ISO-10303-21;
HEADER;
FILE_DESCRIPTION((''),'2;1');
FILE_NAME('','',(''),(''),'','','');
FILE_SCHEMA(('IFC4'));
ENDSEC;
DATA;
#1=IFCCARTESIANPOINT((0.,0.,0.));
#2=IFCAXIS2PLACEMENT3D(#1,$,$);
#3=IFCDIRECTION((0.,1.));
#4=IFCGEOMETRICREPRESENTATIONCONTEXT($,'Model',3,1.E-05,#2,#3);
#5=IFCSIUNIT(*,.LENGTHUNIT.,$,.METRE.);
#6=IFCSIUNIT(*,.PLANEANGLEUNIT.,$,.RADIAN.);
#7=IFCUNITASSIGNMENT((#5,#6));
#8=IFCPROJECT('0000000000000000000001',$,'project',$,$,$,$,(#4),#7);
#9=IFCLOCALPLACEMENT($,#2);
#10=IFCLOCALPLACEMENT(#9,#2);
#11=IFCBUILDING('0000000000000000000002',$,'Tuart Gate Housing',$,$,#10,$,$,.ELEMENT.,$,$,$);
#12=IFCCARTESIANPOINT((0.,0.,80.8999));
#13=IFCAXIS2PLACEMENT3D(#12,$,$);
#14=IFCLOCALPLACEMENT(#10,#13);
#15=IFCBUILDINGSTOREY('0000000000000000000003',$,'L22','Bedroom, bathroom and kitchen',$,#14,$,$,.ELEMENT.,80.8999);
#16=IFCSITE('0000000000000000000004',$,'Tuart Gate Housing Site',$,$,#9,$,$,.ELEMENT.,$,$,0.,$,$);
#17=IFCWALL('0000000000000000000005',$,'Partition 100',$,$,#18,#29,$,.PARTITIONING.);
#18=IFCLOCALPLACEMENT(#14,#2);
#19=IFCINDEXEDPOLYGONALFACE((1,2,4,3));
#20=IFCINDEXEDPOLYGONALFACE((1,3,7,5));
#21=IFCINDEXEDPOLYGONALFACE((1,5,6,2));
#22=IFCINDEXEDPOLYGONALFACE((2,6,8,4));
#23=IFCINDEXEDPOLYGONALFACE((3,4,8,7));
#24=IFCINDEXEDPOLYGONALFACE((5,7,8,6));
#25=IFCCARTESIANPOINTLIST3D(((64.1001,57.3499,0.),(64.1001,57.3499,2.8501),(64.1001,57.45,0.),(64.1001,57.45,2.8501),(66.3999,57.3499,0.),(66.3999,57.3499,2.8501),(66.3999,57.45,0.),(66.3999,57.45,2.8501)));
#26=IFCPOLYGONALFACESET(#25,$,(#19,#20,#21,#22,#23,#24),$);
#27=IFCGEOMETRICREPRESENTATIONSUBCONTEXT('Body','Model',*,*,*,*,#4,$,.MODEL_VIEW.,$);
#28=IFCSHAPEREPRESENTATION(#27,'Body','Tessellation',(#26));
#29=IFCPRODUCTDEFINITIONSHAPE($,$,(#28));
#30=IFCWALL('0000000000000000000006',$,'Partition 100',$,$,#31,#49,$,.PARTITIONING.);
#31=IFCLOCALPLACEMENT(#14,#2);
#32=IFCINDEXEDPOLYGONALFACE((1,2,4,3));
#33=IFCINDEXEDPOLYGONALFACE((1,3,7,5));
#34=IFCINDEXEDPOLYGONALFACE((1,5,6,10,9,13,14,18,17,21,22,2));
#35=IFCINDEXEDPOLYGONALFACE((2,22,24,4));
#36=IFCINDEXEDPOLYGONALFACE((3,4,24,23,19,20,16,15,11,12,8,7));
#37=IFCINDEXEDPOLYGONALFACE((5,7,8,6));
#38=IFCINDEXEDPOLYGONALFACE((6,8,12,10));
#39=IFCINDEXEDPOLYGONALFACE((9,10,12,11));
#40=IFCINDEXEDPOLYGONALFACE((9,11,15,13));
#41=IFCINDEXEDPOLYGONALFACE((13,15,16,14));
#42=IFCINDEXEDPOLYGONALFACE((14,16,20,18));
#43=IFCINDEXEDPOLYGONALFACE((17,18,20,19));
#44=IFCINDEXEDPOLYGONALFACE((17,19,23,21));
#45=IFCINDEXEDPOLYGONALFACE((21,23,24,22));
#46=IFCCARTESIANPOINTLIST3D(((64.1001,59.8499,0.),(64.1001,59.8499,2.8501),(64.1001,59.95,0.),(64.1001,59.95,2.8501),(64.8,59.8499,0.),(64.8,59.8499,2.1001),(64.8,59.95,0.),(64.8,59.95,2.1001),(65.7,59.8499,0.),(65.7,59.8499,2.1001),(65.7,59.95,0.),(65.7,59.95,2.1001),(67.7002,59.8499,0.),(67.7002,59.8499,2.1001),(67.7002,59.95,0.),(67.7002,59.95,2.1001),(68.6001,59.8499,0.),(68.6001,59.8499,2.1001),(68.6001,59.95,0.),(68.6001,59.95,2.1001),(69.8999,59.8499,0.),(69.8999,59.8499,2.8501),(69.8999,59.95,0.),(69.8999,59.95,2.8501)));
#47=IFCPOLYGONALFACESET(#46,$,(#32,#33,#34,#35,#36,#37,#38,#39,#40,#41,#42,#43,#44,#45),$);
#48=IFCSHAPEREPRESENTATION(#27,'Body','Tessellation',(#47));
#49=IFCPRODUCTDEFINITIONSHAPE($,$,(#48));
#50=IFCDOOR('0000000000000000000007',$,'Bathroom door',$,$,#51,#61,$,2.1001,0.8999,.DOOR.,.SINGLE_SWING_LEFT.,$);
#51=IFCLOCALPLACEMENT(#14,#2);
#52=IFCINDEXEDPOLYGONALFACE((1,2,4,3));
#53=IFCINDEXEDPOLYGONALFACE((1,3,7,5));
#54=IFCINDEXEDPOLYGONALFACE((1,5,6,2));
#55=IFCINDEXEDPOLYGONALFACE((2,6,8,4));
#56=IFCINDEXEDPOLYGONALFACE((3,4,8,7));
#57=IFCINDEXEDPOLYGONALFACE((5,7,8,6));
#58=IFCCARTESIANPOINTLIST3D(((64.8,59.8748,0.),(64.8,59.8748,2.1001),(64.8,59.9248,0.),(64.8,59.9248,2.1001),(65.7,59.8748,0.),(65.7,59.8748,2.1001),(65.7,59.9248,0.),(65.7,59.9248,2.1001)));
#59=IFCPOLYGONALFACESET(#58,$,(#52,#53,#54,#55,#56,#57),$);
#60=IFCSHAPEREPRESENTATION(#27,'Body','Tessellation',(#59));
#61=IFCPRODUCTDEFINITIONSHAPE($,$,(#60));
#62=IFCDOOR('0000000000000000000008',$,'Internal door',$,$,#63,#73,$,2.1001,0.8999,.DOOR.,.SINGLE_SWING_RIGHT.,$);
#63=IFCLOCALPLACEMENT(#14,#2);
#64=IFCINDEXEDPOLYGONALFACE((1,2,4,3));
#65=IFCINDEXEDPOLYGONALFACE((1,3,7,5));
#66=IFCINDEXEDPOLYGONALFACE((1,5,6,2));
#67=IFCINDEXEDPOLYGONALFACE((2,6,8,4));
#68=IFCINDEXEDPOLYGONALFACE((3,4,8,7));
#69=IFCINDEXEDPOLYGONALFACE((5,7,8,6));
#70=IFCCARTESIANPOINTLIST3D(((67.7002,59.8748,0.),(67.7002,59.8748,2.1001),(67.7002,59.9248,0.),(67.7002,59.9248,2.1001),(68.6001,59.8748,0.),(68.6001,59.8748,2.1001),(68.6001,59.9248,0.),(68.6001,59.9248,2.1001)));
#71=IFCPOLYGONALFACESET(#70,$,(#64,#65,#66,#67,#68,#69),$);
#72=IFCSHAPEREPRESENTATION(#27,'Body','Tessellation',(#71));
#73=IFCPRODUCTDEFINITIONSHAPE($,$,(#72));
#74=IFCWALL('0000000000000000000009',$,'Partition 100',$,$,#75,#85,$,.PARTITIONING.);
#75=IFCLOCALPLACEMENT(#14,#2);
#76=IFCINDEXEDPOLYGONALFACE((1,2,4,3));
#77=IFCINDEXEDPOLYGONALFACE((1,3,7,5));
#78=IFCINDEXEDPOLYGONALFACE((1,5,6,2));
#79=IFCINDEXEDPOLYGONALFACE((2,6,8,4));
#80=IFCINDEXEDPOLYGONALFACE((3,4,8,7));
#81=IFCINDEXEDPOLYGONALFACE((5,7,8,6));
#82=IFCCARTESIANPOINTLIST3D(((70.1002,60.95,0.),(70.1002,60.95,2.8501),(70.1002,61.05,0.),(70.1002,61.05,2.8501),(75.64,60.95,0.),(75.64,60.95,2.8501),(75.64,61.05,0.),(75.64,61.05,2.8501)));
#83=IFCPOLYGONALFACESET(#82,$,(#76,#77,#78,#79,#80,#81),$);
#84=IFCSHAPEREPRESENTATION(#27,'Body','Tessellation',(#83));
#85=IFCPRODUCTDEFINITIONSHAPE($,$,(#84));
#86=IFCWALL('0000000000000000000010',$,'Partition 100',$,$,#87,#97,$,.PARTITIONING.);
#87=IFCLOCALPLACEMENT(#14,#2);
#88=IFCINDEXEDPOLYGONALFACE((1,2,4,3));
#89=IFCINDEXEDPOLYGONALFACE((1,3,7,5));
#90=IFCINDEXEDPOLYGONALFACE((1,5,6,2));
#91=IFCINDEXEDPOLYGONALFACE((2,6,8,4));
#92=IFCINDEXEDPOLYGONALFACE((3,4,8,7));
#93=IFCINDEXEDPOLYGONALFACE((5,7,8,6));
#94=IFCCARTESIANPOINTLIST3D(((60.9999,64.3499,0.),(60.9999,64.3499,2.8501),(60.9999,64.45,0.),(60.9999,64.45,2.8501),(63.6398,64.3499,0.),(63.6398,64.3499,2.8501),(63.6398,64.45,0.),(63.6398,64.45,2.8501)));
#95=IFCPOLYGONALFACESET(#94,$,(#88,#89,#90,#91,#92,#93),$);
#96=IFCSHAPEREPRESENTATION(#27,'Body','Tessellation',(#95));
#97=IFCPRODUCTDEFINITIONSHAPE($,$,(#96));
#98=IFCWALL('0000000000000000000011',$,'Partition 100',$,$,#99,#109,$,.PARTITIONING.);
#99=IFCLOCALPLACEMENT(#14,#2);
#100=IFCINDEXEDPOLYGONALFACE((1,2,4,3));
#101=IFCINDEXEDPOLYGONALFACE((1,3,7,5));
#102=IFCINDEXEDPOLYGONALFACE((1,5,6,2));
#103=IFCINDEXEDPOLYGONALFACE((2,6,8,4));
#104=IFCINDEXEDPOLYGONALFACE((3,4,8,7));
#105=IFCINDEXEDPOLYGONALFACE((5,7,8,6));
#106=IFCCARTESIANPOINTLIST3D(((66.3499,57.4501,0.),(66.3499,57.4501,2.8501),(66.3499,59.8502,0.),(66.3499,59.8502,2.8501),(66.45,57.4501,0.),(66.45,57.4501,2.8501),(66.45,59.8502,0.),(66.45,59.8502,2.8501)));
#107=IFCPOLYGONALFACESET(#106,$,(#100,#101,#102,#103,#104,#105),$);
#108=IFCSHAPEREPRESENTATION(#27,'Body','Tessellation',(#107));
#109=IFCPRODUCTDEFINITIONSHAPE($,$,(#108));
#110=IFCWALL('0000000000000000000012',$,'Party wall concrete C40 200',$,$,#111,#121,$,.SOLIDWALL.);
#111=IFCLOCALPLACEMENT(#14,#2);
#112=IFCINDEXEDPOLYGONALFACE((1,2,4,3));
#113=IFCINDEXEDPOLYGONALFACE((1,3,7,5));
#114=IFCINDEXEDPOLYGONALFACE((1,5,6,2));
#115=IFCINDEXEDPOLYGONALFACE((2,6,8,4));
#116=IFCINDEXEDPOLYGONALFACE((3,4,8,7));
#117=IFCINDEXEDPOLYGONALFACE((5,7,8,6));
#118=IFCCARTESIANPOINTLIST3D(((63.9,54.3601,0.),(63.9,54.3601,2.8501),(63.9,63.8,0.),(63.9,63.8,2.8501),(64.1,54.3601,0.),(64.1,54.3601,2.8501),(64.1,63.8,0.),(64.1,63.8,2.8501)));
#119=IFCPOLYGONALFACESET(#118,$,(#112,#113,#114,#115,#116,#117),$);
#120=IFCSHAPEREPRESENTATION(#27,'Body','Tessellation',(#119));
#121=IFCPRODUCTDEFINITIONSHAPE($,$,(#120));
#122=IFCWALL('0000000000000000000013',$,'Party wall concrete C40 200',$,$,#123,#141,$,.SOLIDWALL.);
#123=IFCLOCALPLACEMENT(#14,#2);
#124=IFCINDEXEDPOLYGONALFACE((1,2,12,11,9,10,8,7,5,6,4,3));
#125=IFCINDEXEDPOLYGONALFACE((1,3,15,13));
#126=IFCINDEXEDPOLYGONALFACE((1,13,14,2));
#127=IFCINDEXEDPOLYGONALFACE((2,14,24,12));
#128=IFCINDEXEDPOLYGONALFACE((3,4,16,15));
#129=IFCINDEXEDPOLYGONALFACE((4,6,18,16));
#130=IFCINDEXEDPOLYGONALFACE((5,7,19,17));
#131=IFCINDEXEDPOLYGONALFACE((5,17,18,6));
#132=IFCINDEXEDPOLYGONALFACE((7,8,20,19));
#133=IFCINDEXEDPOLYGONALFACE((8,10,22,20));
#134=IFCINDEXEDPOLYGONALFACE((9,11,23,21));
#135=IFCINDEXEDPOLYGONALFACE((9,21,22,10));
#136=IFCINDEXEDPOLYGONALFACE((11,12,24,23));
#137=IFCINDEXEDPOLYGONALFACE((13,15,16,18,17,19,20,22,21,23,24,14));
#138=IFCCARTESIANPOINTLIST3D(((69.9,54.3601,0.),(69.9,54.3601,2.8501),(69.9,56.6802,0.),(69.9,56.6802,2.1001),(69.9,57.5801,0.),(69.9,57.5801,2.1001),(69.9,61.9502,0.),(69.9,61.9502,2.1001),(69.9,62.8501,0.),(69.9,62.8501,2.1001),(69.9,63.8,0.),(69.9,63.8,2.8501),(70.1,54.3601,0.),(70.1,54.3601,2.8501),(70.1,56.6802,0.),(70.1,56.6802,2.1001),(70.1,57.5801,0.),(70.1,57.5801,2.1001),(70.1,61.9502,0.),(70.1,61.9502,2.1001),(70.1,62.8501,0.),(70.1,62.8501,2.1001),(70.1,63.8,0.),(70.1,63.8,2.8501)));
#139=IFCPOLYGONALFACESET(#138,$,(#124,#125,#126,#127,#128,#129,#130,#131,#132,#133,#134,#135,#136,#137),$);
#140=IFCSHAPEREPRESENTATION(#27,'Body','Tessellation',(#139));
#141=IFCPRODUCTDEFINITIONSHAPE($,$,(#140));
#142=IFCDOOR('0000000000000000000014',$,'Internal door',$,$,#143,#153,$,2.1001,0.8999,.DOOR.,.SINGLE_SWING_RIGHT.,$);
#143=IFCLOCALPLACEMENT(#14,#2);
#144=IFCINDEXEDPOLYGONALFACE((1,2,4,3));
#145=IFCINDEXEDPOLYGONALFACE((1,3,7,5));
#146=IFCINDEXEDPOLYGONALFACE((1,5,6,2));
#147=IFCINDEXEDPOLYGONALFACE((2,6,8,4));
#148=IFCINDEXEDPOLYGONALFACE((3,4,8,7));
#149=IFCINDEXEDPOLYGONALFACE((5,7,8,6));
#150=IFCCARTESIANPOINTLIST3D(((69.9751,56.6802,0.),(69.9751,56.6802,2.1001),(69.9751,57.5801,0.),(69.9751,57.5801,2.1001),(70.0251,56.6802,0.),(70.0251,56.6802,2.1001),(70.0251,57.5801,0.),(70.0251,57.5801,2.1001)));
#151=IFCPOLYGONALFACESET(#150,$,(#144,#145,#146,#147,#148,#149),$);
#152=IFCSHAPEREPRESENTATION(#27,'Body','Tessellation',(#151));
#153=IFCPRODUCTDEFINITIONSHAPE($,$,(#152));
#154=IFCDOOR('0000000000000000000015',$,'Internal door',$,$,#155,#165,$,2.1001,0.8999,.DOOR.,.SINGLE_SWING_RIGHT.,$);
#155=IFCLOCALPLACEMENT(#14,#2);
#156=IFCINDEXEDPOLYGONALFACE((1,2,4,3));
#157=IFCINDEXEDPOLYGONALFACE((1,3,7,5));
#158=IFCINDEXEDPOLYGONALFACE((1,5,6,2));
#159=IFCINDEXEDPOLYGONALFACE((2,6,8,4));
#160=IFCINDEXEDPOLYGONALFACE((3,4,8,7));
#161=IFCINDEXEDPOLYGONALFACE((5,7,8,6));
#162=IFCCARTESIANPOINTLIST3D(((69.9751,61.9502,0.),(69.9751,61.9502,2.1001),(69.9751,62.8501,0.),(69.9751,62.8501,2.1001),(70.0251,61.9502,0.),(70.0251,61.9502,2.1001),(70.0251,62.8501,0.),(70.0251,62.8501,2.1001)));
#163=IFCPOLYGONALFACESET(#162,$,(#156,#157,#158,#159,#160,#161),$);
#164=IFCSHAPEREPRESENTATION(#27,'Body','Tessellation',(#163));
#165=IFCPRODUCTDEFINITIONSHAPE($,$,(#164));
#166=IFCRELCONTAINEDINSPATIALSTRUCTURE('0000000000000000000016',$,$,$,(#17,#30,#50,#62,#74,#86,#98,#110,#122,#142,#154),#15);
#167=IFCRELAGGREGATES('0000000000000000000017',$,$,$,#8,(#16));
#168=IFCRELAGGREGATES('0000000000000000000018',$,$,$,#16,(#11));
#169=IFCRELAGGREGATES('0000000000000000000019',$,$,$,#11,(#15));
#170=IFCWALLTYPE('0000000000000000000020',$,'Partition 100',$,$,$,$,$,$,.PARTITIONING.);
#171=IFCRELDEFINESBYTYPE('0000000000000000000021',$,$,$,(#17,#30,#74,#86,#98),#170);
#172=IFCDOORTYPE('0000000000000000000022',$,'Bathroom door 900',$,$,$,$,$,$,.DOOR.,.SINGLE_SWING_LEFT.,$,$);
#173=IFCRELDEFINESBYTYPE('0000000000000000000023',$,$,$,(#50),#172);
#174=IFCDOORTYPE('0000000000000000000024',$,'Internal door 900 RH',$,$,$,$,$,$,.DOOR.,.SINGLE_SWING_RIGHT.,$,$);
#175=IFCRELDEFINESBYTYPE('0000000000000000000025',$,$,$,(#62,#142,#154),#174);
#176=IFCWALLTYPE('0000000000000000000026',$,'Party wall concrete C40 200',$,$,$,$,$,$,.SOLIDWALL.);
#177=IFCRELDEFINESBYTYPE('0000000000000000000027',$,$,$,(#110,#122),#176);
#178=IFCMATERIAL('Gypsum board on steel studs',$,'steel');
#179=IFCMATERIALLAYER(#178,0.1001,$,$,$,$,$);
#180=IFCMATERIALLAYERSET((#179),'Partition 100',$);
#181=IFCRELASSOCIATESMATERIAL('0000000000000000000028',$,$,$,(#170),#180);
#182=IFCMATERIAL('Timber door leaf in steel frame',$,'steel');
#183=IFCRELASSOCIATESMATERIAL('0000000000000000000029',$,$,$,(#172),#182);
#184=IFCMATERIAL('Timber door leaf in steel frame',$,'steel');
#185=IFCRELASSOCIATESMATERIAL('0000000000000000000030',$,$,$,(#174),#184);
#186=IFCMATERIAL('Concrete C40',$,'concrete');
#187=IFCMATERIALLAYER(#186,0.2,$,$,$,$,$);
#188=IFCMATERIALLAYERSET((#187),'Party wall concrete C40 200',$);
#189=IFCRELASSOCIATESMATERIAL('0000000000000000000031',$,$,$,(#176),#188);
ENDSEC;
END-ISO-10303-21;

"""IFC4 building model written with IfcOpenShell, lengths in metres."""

from ifc_helpers import new_model, si_unit, direction, frame, frame_2d, origin, place, context, subcontext, project, spatial, rectangle, extrude, material, layer, layer_set, type_object, element, fill, save


model = new_model("IFC4")

# Units and contexts
model_context = context("Model", 3, precision=1e-05, world=origin(), true_north=direction((0.0, 1.0)))
body_context = subcontext(model_context, "Body", "Model", "MODEL_VIEW")
ifc_project = project(units=[si_unit("LENGTHUNIT", "METRE"), si_unit("PLANEANGLEUNIT", "RADIAN")], contexts=[model_context])

# Site, building, storey
site_placement = place(None, origin())
site = spatial("IfcSite", under=ifc_project, at=site_placement, Name="Tuart Gate Housing Site", CompositionType="ELEMENT", RefElevation=0.0)
building_placement = place(site_placement, origin())
building = spatial("IfcBuilding", under=site, at=building_placement, Name="Tuart Gate Housing", CompositionType="ELEMENT")
storey_placement = place(building_placement, frame((0.0, 0.0, 80.8999)))
storey = spatial("IfcBuildingStorey", under=building, at=storey_placement, Name="L22", Description="Bedroom, bathroom and kitchen", CompositionType="ELEMENT", Elevation=80.8999)

# Wall
ifc_material_1 = material(Name="Gypsum board on steel studs", Category="steel")
ifc_layer_1 = layer(ifc_material_1, 0.1001)
ifc_layer_set_1 = layer_set([ifc_layer_1], Name="Partition 100")
wall_type_1 = type_object("IfcWallType", Name="Partition 100", PredefinedType="PARTITIONING", material=ifc_layer_set_1)
wall_1_placement = place(storey_placement, frame((64.1001, 57.3999, 0.0), z_axis=(0.0, 0.0, 1.0), x_axis=(1.0, 0.0, 0.0)))
element("IfcWall", 1, at=wall_1_placement, inside=storey, type_object=wall_type_1, Name="Partition 100", PredefinedType="PARTITIONING", context=body_context, shape_type="SweptSolid", body=[
    extrude(rectangle(XDim=2.2998, YDim=0.1001, at=frame_2d((1.1499, 0.0))), origin(), (0.0, 0.0, 1.0), 2.8501),
])

# Wall, openings, doors
wall_2_placement = place(storey_placement, frame((64.1001, 59.8999, 0.0), z_axis=(0.0, 0.0, 1.0), x_axis=(1.0, 0.0, 0.0)))
wall_2 = element("IfcWall", 2, at=wall_2_placement, inside=storey, type_object=wall_type_1, Name="Partition 100", PredefinedType="PARTITIONING", context=body_context, shape_type="SweptSolid", body=[
    extrude(rectangle(XDim=5.7998, YDim=0.1001, at=frame_2d((2.8999, 0.0))), origin(), (0.0, 0.0, 1.0), 2.8501),
])
opening_1_placement = place(wall_2_placement, frame((3.6001, 0.0, 0.0)))
opening_1 = element("IfcOpeningElement", 3, at=opening_1_placement, cuts=wall_2, PredefinedType="OPENING", context=body_context, shape_type="SweptSolid", body=[
    extrude(rectangle(XDim=0.8999, YDim=2.1001, at=frame_2d((0.45, 1.05))), frame((0.0, 0.0601, 0.0), z_axis=(0.0, -1.0, 0.0), x_axis=(1.0, 0.0, 0.0)), (0.0, 0.0, 1.0), 0.1201),
])
opening_2_placement = place(wall_2_placement, frame((0.7, 0.0, 0.0)))
opening_2 = element("IfcOpeningElement", 4, at=opening_2_placement, cuts=wall_2, PredefinedType="OPENING", context=body_context, shape_type="SweptSolid", body=[
    extrude(rectangle(XDim=0.8999, YDim=2.1001, at=frame_2d((0.45, 1.05))), frame((0.0, 0.0601, 0.0), z_axis=(0.0, -1.0, 0.0), x_axis=(1.0, 0.0, 0.0)), (0.0, 0.0, 1.0), 0.1201),
])
ifc_material_2 = material(Name="Timber door leaf in steel frame", Category="steel")
door_type_1 = type_object("IfcDoorType", Name="Bathroom door 900", OperationType="SINGLE_SWING_LEFT", PredefinedType="DOOR", material=ifc_material_2)
door_1_placement = place(opening_2_placement, frame((0.8999, 0.0, 0.0), z_axis=(0.0, 0.0, 1.0), x_axis=(-1.0, 0.0, 0.0)))
door_1 = element("IfcDoor", 5, at=door_1_placement, inside=storey, type_object=door_type_1, Name="Bathroom door", OperationType="SINGLE_SWING_LEFT", OverallHeight=2.1001, OverallWidth=0.8999, PredefinedType="DOOR", context=body_context, shape_type="SweptSolid", body=[
    extrude(rectangle(XDim=0.8999, YDim=2.1001, at=frame_2d((0.45, 1.05))), frame((0.0, 0.0251, 0.0), z_axis=(0.0, -1.0, 0.0), x_axis=(1.0, 0.0, 0.0)), (0.0, 0.0, 1.0), 0.05),
])
fill(opening_2, door_1)
ifc_material_3 = material(Name="Timber door leaf in steel frame", Category="steel")
door_type_2 = type_object("IfcDoorType", Name="Internal door 900 RH", OperationType="SINGLE_SWING_RIGHT", PredefinedType="DOOR", material=ifc_material_3)
door_2_placement = place(opening_1_placement, origin())
door_2 = element("IfcDoor", 6, at=door_2_placement, inside=storey, type_object=door_type_2, Name="Internal door", OperationType="SINGLE_SWING_RIGHT", OverallHeight=2.1001, OverallWidth=0.8999, PredefinedType="DOOR", context=body_context, shape_type="SweptSolid", body=[
    extrude(rectangle(XDim=0.8999, YDim=2.1001, at=frame_2d((0.45, 1.05))), frame((0.0, 0.0249, 0.0), z_axis=(0.0, -1.0, 0.0), x_axis=(1.0, 0.0, 0.0)), (0.0, 0.0, 1.0), 0.05),
])
fill(opening_1, door_2)

# Walls
wall_3_placement = place(storey_placement, frame((70.1001, 61.0, 0.0), z_axis=(0.0, 0.0, 1.0), x_axis=(1.0, 0.0, 0.0)))
element("IfcWall", 7, at=wall_3_placement, inside=storey, type_object=wall_type_1, Name="Partition 100", PredefinedType="PARTITIONING", context=body_context, shape_type="SweptSolid", body=[
    extrude(rectangle(XDim=5.5398, YDim=0.1001, at=frame_2d((2.77, 0.0))), origin(), (0.0, 0.0, 1.0), 2.8501),
])
wall_4_placement = place(storey_placement, frame((61.0, 64.3999, 0.0), z_axis=(0.0, 0.0, 1.0), x_axis=(1.0, 0.0, 0.0)))
element("IfcWall", 8, at=wall_4_placement, inside=storey, type_object=wall_type_1, Name="Partition 100", PredefinedType="PARTITIONING", context=body_context, shape_type="SweptSolid", body=[
    extrude(rectangle(XDim=2.6399, YDim=0.1001, at=frame_2d((1.3198, 0.0))), origin(), (0.0, 0.0, 1.0), 2.8501),
])
wall_5_placement = place(storey_placement, frame((66.3999, 57.45, 0.0), z_axis=(0.0, 0.0, 1.0), x_axis=(0.0, 1.0, 0.0)))
element("IfcWall", 9, at=wall_5_placement, inside=storey, type_object=wall_type_1, Name="Partition 100", PredefinedType="PARTITIONING", context=body_context, shape_type="SweptSolid", body=[
    extrude(rectangle(XDim=2.4001, YDim=0.1001, at=frame_2d((1.2002, 0.0))), origin(), (0.0, 0.0, 1.0), 2.8501),
])
ifc_material_4 = material(Name="Concrete C40", Category="concrete")
ifc_layer_2 = layer(ifc_material_4, 0.2)
ifc_layer_set_2 = layer_set([ifc_layer_2], Name="Party wall concrete C40 200")
wall_type_2 = type_object("IfcWallType", Name="Party wall concrete C40 200", PredefinedType="SOLIDWALL", material=ifc_layer_set_2)
wall_6_placement = place(storey_placement, frame((64.0, 54.3601, 0.0), z_axis=(0.0, 0.0, 1.0), x_axis=(0.0, 1.0, 0.0)))
element("IfcWall", 10, at=wall_6_placement, inside=storey, type_object=wall_type_2, Name="Party wall concrete C40 200", PredefinedType="SOLIDWALL", context=body_context, shape_type="SweptSolid", body=[
    extrude(rectangle(XDim=9.4399, YDim=0.2, at=frame_2d((4.72, 0.0))), origin(), (0.0, 0.0, 1.0), 2.8501),
])

# Wall, openings, doors
wall_7_placement = place(storey_placement, frame((70.0, 54.3601, 0.0), z_axis=(0.0, 0.0, 1.0), x_axis=(0.0, 1.0, 0.0)))
wall_7 = element("IfcWall", 11, at=wall_7_placement, inside=storey, type_object=wall_type_2, Name="Party wall concrete C40 200", PredefinedType="SOLIDWALL", context=body_context, shape_type="SweptSolid", body=[
    extrude(rectangle(XDim=9.4399, YDim=0.2, at=frame_2d((4.72, 0.0))), origin(), (0.0, 0.0, 1.0), 2.8501),
])
opening_3_placement = place(wall_7_placement, frame((2.3201, 0.0, 0.0)))
opening_3 = element("IfcOpeningElement", 12, at=opening_3_placement, cuts=wall_7, PredefinedType="OPENING", context=body_context, shape_type="SweptSolid", body=[
    extrude(rectangle(XDim=0.8999, YDim=2.1001, at=frame_2d((0.45, 1.05))), frame((0.0, 0.1099, 0.0), z_axis=(0.0, -1.0, 0.0), x_axis=(1.0, 0.0, 0.0)), (0.0, 0.0, 1.0), 0.22),
])
opening_4_placement = place(wall_7_placement, frame((7.5901, 0.0, 0.0)))
opening_4 = element("IfcOpeningElement", 13, at=opening_4_placement, cuts=wall_7, PredefinedType="OPENING", context=body_context, shape_type="SweptSolid", body=[
    extrude(rectangle(XDim=0.8999, YDim=2.1001, at=frame_2d((0.45, 1.05))), frame((0.0, 0.1099, 0.0), z_axis=(0.0, -1.0, 0.0), x_axis=(1.0, 0.0, 0.0)), (0.0, 0.0, 1.0), 0.22),
])
door_3_placement = place(opening_3_placement, frame((0.8999, 0.0, 0.0), z_axis=(0.0, 0.0, 1.0), x_axis=(-1.0, 0.0, 0.0)))
door_3 = element("IfcDoor", 14, at=door_3_placement, inside=storey, type_object=door_type_2, Name="Internal door", OperationType="SINGLE_SWING_RIGHT", OverallHeight=2.1001, OverallWidth=0.8999, PredefinedType="DOOR", context=body_context, shape_type="SweptSolid", body=[
    extrude(rectangle(XDim=0.8999, YDim=2.1001, at=frame_2d((0.45, 1.05))), frame((0.0, 0.0251, 0.0), z_axis=(0.0, -1.0, 0.0), x_axis=(1.0, 0.0, 0.0)), (0.0, 0.0, 1.0), 0.05),
])
fill(opening_3, door_3)
door_4_placement = place(opening_4_placement, frame((0.8999, 0.0, 0.0), z_axis=(0.0, 0.0, 1.0), x_axis=(-1.0, 0.0, 0.0)))
door_4 = element("IfcDoor", 15, at=door_4_placement, inside=storey, type_object=door_type_2, Name="Internal door", OperationType="SINGLE_SWING_RIGHT", OverallHeight=2.1001, OverallWidth=0.8999, PredefinedType="DOOR", context=body_context, shape_type="SweptSolid", body=[
    extrude(rectangle(XDim=0.8999, YDim=2.1001, at=frame_2d((0.45, 1.05))), frame((0.0, 0.0251, 0.0), z_axis=(0.0, -1.0, 0.0), x_axis=(1.0, 0.0, 0.0)), (0.0, 0.0, 1.0), 0.05),
])
fill(opening_4, door_4)

save(model, "model.ifc")
